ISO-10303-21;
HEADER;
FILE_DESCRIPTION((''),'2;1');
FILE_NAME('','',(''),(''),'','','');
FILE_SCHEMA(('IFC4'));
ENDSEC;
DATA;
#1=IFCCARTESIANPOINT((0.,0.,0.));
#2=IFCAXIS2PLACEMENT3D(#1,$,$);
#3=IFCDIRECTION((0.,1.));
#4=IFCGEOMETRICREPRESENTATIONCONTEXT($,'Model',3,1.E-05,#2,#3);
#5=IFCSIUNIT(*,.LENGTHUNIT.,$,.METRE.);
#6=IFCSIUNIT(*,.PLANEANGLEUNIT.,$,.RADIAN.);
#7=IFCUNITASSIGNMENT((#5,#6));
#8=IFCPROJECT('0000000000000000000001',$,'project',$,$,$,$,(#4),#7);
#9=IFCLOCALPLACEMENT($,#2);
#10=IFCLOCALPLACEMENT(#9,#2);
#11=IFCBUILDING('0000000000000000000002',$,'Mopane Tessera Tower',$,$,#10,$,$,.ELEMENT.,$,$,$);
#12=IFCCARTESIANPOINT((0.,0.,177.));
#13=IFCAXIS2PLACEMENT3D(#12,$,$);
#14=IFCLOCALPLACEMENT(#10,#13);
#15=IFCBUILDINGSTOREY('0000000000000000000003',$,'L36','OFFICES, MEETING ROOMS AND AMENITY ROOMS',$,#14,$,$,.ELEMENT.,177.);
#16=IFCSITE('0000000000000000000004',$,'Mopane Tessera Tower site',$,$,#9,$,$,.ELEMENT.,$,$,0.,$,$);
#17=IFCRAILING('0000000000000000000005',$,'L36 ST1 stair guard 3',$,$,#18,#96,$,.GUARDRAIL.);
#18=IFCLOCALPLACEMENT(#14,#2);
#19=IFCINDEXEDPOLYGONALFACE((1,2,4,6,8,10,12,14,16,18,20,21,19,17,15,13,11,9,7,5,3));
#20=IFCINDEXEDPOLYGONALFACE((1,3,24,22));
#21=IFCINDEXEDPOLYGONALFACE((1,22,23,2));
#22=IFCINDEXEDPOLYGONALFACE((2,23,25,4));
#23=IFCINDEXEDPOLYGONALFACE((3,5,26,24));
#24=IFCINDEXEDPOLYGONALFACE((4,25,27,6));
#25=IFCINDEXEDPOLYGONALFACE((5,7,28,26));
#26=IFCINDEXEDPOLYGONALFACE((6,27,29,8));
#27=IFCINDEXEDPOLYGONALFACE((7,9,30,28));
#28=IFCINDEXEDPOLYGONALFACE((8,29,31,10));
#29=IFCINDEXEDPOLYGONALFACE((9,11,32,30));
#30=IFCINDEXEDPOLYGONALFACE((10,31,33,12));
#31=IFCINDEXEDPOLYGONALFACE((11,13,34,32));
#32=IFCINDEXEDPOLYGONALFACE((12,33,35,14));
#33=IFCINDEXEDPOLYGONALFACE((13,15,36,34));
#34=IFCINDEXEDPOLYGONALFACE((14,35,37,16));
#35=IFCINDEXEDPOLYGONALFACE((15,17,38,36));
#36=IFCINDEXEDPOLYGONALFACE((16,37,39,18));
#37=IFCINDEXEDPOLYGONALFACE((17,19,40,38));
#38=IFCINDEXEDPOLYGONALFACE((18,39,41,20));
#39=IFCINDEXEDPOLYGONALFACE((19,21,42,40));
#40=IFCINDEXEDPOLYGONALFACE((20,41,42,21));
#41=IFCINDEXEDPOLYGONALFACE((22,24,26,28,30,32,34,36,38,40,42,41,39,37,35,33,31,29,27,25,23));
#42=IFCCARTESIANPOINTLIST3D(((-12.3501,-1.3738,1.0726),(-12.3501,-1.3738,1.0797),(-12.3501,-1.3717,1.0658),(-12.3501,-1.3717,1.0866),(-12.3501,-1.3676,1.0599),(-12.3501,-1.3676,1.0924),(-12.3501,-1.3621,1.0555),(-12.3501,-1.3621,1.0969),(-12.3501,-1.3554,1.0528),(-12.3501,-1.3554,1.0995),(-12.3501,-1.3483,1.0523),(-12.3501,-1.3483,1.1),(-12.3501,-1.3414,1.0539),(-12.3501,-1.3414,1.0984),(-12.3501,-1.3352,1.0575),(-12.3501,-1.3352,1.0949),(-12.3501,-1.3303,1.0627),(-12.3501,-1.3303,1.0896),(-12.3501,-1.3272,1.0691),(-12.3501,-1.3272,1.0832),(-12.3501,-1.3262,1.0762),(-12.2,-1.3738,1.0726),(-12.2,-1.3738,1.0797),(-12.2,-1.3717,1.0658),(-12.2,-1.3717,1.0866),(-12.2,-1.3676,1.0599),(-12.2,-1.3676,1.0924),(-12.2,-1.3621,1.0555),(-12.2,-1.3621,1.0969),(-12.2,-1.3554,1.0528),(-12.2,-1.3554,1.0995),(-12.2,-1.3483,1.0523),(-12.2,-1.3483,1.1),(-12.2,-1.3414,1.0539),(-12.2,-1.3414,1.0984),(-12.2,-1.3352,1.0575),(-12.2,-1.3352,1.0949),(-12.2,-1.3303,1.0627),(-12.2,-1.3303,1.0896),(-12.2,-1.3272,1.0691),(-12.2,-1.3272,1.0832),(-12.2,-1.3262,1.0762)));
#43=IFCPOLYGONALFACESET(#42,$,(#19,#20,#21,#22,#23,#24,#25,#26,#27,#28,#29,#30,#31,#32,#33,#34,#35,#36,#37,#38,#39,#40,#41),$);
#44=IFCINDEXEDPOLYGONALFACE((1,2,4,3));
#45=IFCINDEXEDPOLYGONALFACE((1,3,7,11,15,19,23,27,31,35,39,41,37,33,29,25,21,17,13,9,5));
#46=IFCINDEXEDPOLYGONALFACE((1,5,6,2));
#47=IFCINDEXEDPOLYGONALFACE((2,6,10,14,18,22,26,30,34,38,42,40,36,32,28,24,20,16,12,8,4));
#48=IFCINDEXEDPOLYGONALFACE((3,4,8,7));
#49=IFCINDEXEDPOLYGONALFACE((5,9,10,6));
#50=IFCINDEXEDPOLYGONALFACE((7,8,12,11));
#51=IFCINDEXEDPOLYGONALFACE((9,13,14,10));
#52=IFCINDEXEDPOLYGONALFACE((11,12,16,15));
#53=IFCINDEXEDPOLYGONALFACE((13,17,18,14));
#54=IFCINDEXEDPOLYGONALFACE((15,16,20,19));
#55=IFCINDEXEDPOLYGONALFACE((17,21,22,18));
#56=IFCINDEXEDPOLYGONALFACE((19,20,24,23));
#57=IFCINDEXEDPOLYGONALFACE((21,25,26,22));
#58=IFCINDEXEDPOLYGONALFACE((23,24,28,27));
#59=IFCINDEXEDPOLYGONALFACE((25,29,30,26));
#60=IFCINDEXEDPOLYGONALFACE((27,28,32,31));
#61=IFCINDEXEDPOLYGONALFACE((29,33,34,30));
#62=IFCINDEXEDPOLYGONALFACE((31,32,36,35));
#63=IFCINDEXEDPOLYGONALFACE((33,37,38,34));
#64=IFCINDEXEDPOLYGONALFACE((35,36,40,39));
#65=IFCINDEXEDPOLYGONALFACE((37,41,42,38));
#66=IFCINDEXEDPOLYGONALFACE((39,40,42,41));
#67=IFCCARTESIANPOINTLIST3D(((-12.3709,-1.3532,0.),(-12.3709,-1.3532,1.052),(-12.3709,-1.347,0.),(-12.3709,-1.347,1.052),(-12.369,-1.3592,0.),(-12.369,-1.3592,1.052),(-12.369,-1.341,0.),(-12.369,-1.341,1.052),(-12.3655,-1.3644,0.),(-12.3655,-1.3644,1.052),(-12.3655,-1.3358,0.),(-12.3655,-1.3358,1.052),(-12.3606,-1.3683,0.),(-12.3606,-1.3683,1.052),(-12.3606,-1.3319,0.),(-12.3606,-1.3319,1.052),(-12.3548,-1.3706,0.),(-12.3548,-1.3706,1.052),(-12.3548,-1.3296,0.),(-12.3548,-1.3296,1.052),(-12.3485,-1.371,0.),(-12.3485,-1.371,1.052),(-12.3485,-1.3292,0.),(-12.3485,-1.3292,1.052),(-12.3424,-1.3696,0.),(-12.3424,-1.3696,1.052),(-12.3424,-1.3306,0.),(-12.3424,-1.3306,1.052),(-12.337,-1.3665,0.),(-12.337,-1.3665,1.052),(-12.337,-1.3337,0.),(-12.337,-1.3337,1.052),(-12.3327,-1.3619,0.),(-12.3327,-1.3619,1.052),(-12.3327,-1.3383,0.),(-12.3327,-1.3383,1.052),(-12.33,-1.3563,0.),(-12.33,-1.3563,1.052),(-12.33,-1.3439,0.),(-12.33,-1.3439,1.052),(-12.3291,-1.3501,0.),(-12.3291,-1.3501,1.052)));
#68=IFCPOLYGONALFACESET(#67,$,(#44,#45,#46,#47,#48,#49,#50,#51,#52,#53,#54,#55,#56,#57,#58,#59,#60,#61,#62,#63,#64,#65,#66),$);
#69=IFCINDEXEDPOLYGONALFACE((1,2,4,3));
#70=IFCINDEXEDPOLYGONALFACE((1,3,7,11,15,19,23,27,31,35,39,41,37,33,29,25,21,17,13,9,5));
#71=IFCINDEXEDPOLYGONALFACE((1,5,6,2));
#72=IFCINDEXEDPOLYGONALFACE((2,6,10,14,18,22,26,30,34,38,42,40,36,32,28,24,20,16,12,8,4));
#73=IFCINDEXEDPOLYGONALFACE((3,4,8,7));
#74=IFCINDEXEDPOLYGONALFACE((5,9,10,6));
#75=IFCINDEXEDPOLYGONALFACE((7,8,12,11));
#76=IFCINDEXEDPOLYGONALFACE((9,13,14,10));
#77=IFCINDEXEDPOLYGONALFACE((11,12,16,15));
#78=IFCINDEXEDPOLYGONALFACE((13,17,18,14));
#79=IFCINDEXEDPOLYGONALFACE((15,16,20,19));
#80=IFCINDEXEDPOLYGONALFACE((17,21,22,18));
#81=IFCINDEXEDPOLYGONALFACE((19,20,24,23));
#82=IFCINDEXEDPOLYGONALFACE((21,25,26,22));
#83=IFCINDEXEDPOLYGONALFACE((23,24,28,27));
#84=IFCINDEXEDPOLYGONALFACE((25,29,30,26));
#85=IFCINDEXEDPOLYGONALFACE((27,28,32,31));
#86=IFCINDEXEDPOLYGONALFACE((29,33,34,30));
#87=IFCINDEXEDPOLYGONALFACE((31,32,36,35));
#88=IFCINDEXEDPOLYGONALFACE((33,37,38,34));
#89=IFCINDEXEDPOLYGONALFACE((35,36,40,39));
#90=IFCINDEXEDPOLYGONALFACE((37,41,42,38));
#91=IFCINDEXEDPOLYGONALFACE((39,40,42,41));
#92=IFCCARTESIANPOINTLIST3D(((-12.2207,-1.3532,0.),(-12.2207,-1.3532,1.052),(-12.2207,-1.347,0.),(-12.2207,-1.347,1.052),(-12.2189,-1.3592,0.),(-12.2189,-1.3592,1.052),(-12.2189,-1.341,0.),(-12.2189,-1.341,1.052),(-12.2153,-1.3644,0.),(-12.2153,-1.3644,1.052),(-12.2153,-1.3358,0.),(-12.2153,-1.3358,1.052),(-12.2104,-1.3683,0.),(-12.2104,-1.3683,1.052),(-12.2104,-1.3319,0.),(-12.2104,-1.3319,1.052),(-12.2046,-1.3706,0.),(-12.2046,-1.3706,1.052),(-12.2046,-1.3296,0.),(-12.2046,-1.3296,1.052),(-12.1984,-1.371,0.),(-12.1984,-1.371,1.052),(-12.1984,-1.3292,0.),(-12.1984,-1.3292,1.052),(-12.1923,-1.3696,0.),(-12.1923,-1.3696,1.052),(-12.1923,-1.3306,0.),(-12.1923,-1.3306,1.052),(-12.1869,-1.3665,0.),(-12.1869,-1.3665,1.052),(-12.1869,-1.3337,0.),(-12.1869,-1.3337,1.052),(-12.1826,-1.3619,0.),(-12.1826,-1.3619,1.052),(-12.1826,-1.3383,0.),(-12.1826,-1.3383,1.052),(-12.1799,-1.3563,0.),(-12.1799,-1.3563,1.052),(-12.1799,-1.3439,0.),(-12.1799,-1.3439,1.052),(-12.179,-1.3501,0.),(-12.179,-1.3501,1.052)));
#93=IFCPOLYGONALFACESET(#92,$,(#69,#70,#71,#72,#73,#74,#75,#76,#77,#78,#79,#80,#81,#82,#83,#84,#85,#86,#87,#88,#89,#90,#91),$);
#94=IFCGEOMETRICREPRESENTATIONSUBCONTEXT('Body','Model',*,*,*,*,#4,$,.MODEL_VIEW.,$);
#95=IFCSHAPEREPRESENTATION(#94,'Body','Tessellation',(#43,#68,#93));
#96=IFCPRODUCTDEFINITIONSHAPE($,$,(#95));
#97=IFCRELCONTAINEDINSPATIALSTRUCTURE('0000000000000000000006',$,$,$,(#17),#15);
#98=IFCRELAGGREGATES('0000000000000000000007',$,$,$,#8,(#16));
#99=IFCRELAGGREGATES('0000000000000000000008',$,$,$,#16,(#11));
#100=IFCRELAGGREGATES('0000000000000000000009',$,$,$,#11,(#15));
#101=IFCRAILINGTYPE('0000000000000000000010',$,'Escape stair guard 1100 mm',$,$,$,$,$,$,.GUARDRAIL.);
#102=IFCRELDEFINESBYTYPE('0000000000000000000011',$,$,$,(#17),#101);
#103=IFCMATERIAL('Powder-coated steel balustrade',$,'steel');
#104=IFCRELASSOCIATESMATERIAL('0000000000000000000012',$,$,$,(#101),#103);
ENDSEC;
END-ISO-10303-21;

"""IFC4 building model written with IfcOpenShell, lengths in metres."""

from ifc_helpers import new_model, si_unit, direction, frame, origin, origin_2d, place, context, subcontext, project, spatial, circle, extrude, material, type_object, element, save


model = new_model("IFC4")

# Units and contexts
model_context = context("Model", 3, precision=1e-05, world=origin(), true_north=direction((0.0, 1.0)))
body_context = subcontext(model_context, "Body", "Model", "MODEL_VIEW")
ifc_project = project(units=[si_unit("LENGTHUNIT", "METRE"), si_unit("PLANEANGLEUNIT", "RADIAN")], contexts=[model_context])

# Site, building, storey
site_placement = place(None, origin())
site = spatial("IfcSite", under=ifc_project, at=site_placement, Name="Mopane Tessera Tower site", CompositionType="ELEMENT", RefElevation=0.0)
building_placement = place(site_placement, origin())
building = spatial("IfcBuilding", under=site, at=building_placement, Name="Mopane Tessera Tower", CompositionType="ELEMENT")
storey_placement = place(building_placement, frame((0.0, 0.0, 177.0)))
storey = spatial("IfcBuildingStorey", under=building, at=storey_placement, Name="L36", Description="OFFICES, MEETING ROOMS AND AMENITY ROOMS", CompositionType="ELEMENT", Elevation=177.0)

# Railing
ifc_material_1 = material(Name="Powder-coated steel balustrade", Category="steel")
railing_type_1 = type_object("IfcRailingType", Name="Escape stair guard 1100 mm", PredefinedType="GUARDRAIL", material=ifc_material_1)
railing_1_placement = place(storey_placement, frame((-12.3501, -1.3501, 0.0)))
element("IfcRailing", 1, at=railing_1_placement, inside=storey, type_object=railing_type_1, Name="L36 ST1 stair guard 3", PredefinedType="GUARDRAIL", context=body_context, shape_type="SweptSolid", body=[
    extrude(circle(Radius=0.0239, at=origin_2d()), frame((0.0, 0.0, 1.0762), z_axis=(1.0, 0.0, 0.0), x_axis=(0.0, 1.0, 0.0)), (0.0, 0.0, 1.0), 0.1501),
    extrude(circle(Radius=0.021, at=origin_2d()), origin(), (0.0, 0.0, 1.0), 1.052),
    extrude(circle(Radius=0.021, at=origin_2d()), frame((0.1501, 0.0, 0.0)), (0.0, 0.0, 1.0), 1.052),
])

save(model, "model.ifc")
